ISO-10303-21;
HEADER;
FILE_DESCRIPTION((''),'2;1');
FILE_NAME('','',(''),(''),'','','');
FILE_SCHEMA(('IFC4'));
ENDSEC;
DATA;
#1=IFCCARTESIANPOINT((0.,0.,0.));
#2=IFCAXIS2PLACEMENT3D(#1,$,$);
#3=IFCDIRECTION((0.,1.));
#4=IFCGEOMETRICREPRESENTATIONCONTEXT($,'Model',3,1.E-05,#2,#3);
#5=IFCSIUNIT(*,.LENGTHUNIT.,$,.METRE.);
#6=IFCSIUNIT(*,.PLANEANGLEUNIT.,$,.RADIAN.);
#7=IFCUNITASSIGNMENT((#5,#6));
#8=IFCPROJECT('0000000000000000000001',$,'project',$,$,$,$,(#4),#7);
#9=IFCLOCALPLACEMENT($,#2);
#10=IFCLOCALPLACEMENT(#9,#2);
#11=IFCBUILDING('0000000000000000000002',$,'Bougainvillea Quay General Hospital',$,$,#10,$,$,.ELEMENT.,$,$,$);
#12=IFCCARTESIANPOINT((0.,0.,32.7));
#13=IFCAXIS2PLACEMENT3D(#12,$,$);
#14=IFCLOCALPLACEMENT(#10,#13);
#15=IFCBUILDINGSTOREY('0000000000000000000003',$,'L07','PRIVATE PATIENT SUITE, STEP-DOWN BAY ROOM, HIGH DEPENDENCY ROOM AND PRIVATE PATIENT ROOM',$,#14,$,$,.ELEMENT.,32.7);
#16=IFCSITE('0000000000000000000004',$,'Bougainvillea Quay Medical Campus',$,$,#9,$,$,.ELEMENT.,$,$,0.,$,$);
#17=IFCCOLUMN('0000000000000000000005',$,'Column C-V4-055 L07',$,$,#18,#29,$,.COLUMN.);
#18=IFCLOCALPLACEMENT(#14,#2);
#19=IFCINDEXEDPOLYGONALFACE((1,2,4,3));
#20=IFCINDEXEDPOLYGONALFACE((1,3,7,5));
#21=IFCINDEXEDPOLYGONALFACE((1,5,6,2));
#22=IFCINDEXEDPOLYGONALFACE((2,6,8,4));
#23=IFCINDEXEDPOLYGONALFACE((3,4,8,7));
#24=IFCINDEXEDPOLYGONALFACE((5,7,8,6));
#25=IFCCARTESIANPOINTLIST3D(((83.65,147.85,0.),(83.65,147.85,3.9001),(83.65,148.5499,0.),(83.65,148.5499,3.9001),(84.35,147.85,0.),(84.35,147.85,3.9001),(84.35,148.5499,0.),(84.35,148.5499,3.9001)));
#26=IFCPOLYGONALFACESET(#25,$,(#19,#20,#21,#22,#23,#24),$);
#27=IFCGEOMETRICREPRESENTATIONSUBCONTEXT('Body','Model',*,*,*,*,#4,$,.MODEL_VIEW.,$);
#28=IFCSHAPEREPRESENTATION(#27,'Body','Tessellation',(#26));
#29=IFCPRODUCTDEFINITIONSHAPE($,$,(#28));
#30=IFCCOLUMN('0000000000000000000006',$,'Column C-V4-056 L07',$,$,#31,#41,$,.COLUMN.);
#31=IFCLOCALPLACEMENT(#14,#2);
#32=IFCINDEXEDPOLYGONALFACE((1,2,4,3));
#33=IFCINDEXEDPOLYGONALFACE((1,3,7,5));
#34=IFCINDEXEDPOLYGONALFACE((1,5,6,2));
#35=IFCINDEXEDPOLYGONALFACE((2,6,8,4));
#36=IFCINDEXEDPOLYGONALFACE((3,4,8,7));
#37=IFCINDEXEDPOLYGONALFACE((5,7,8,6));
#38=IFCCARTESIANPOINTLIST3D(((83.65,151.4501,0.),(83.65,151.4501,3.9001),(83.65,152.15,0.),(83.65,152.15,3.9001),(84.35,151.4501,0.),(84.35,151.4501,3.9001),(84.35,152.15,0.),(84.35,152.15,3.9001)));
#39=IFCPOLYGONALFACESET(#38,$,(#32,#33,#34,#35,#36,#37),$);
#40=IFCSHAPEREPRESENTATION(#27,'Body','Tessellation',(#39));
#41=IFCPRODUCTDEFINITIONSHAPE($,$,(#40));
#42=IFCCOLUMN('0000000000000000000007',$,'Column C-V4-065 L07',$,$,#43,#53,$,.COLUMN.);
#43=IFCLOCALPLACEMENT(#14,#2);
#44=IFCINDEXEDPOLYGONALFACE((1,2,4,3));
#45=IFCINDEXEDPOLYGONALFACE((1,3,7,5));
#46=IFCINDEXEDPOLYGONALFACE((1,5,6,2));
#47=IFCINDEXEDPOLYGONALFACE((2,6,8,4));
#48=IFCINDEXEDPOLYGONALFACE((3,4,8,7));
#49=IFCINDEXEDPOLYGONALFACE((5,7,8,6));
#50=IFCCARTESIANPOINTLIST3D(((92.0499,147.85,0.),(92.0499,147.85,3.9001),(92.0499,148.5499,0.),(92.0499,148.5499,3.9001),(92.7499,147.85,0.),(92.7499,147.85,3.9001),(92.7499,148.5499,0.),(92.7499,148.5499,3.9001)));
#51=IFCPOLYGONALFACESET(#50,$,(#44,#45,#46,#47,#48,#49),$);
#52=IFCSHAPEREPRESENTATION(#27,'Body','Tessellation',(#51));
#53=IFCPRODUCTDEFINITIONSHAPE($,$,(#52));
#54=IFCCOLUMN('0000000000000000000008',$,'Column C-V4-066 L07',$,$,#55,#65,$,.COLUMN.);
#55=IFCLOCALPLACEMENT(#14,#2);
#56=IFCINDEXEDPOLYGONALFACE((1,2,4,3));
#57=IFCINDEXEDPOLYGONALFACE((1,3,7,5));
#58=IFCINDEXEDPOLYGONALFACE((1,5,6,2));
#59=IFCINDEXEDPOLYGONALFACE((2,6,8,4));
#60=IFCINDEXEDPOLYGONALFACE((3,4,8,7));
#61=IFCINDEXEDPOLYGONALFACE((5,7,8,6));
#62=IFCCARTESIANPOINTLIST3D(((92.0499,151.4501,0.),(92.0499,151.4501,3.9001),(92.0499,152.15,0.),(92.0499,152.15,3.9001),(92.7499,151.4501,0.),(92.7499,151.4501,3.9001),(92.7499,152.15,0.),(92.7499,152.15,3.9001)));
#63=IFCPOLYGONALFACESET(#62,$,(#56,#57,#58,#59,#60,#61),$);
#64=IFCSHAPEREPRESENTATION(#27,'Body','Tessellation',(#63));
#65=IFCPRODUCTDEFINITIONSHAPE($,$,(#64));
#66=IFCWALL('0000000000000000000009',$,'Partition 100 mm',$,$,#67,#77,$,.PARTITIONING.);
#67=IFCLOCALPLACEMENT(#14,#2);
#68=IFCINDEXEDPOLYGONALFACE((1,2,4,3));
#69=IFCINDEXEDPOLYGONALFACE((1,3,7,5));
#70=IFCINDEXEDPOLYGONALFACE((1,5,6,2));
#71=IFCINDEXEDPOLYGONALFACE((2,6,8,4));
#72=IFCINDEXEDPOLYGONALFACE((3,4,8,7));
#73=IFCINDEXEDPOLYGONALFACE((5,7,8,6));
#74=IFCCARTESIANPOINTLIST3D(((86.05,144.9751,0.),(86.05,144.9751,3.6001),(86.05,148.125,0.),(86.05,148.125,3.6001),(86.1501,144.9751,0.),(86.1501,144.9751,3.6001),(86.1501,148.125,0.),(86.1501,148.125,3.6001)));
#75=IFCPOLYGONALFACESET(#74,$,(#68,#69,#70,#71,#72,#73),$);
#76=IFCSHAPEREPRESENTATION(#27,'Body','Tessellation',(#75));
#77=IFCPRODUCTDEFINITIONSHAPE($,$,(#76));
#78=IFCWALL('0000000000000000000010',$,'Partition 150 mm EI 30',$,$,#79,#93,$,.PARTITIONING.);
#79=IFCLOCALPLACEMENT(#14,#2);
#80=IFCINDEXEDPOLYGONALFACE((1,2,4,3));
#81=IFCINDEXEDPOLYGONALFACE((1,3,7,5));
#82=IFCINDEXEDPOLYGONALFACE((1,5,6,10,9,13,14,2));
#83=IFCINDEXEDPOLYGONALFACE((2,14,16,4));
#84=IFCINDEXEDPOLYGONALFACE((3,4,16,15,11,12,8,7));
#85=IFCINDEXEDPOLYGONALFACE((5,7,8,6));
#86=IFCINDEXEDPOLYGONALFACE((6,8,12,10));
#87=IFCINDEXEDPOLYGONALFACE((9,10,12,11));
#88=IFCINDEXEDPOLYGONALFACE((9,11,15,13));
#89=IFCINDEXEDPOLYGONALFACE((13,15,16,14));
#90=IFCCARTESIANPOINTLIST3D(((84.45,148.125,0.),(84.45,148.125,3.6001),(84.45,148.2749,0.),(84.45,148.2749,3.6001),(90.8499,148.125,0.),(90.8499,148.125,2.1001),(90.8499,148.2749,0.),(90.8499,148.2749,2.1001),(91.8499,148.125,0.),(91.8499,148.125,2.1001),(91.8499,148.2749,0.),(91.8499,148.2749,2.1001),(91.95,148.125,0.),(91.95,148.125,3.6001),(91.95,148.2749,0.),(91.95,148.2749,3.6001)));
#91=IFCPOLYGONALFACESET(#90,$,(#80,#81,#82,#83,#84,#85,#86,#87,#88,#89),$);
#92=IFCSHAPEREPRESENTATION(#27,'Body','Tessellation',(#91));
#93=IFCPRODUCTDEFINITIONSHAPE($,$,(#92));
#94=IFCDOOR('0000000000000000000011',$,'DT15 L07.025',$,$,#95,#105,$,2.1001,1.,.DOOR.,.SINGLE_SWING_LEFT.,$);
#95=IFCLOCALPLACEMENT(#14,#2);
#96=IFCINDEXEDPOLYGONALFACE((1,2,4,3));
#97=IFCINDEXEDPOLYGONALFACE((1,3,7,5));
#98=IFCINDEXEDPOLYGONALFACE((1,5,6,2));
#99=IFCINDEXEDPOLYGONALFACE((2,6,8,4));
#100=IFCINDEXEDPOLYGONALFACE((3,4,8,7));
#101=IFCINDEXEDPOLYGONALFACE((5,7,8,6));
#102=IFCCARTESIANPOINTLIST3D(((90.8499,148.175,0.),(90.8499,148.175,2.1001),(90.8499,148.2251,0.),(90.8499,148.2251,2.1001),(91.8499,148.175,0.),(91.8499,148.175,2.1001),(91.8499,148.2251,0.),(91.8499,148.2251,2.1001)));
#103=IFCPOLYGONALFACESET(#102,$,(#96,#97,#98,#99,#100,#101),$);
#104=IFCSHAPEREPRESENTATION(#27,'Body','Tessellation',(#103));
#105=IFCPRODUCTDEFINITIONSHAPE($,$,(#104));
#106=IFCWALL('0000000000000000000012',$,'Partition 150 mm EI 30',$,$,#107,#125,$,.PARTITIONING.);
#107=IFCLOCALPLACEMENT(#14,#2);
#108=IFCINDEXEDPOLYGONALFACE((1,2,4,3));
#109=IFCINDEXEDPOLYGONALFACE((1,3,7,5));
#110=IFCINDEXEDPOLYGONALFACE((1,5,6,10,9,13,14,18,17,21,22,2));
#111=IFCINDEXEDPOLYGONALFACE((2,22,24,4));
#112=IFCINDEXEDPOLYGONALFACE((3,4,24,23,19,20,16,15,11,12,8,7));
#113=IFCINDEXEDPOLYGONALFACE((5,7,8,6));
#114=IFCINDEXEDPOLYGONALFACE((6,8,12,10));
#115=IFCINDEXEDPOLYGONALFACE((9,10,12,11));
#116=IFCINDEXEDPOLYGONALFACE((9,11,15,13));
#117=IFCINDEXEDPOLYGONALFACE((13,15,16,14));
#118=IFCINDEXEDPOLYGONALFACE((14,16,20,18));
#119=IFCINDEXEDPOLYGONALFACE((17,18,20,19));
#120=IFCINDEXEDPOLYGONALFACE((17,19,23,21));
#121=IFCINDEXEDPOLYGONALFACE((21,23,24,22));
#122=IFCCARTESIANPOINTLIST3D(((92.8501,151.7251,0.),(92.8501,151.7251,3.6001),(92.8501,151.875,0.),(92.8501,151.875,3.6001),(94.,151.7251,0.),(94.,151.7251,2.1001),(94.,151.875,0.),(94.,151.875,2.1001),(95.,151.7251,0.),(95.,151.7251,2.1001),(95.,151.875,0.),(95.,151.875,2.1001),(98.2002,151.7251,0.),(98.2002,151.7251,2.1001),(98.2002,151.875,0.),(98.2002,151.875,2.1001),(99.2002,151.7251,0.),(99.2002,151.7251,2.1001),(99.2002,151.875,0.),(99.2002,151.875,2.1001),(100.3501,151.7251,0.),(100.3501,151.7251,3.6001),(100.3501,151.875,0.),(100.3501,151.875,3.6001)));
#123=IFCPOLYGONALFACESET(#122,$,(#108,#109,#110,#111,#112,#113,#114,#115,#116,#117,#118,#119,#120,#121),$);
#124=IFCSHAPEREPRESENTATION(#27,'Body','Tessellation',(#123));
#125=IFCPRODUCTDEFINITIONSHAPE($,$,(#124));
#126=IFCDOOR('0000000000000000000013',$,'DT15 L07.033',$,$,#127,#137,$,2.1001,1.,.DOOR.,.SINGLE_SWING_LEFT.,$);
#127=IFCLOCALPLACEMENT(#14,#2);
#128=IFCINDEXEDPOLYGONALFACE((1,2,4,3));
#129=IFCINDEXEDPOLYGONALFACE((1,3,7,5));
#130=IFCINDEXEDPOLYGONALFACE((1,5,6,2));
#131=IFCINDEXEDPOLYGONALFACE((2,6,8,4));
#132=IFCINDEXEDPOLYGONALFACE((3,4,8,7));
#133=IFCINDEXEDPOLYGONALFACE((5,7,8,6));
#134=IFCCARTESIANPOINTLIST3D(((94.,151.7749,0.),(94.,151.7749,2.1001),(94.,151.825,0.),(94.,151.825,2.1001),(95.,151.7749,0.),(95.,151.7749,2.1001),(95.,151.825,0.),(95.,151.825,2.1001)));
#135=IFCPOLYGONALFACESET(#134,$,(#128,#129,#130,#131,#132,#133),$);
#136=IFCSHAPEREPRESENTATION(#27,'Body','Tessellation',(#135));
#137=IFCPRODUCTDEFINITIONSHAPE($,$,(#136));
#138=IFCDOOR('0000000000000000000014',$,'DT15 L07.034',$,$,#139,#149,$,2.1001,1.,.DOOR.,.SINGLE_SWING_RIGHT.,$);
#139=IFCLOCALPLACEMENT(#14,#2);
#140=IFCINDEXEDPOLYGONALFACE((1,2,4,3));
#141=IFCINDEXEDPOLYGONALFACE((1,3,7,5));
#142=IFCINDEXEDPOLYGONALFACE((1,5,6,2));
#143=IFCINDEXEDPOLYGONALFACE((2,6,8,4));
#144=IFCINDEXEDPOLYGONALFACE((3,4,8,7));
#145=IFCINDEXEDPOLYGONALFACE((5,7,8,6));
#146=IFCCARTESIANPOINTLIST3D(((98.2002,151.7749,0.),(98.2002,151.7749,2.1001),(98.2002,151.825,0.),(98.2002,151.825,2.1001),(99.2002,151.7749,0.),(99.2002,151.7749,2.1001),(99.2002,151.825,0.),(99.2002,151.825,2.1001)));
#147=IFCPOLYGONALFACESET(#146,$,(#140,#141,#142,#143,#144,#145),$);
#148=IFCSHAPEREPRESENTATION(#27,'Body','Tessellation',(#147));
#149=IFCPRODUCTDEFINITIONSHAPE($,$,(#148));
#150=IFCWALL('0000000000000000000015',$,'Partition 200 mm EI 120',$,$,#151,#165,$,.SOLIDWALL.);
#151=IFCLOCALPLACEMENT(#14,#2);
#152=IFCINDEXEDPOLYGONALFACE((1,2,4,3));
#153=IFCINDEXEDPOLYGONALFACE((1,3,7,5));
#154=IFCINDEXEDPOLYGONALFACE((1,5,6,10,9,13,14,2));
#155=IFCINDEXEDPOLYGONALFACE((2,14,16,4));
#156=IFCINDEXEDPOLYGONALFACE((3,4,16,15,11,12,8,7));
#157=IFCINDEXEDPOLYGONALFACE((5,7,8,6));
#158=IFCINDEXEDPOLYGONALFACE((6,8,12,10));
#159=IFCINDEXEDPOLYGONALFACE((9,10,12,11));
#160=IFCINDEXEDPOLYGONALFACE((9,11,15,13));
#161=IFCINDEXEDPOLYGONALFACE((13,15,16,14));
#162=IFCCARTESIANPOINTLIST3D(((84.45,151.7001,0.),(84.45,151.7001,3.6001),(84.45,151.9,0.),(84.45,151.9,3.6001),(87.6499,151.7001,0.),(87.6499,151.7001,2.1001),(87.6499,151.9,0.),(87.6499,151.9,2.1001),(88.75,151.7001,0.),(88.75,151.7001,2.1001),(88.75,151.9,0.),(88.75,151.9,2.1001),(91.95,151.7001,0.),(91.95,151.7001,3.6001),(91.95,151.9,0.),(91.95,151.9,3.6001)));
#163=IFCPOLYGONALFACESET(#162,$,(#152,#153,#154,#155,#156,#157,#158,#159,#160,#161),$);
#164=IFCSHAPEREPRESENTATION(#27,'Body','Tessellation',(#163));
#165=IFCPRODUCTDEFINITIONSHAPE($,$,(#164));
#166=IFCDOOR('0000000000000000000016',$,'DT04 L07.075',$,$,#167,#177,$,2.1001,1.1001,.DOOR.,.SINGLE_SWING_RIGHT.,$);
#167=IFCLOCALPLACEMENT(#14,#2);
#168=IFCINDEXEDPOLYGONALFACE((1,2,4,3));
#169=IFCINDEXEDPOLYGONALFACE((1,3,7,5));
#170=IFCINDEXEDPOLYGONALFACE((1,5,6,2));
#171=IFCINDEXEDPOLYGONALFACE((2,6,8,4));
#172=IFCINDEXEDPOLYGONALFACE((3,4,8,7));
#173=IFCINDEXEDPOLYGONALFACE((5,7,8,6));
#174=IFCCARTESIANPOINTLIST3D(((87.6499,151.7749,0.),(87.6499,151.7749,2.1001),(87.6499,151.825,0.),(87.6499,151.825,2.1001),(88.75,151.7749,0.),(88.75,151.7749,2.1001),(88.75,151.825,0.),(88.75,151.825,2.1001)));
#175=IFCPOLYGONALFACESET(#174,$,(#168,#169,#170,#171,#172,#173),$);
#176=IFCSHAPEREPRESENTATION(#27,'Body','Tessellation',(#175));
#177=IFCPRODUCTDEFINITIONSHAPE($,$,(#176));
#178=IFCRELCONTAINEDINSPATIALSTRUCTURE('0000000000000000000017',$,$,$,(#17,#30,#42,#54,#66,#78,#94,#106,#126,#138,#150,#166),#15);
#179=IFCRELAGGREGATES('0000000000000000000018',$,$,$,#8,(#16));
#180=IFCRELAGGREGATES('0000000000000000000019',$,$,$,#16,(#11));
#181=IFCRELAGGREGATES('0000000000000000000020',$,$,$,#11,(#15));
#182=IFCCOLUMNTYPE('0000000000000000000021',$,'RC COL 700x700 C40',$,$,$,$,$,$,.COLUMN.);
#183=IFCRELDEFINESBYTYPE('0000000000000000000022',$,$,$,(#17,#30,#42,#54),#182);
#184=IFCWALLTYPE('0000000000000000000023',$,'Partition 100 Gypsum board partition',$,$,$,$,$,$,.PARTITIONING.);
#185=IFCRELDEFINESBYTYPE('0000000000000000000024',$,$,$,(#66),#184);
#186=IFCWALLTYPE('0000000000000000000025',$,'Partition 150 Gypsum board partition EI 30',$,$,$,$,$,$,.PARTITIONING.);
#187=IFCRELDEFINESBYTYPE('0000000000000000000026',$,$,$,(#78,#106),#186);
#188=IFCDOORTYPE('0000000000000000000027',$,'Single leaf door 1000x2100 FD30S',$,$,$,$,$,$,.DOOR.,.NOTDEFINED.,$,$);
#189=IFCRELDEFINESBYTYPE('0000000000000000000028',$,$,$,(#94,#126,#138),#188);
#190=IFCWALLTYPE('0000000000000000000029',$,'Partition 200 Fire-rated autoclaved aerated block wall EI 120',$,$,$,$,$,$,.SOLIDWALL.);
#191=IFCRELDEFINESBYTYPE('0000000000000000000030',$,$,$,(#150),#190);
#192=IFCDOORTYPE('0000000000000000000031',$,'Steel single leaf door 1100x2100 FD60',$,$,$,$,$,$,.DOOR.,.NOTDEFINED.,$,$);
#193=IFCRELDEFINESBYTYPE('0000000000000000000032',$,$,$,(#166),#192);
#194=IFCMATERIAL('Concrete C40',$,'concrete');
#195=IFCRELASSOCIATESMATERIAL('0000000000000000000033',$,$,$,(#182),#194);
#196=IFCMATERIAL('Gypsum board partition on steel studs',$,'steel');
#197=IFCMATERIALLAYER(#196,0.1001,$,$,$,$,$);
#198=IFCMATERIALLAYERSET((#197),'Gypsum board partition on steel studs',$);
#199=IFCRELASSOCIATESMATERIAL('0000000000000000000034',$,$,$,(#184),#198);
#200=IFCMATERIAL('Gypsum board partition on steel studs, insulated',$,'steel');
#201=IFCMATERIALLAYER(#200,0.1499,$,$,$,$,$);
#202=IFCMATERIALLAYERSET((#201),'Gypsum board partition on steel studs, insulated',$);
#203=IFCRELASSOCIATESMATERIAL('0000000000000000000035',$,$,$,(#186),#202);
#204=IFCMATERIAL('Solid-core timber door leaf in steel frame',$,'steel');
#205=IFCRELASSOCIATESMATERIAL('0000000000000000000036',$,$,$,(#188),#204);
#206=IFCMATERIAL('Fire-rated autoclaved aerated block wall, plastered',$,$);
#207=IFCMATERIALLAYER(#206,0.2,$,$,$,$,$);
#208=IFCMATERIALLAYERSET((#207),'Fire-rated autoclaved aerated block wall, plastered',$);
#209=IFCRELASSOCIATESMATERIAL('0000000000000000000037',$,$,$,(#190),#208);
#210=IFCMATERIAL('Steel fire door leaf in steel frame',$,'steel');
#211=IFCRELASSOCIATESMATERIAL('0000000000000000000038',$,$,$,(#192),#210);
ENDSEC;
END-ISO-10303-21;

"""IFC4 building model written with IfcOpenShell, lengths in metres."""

from ifc_helpers import new_model, si_unit, direction, frame, frame_2d, origin, origin_2d, place, context, subcontext, project, spatial, rectangle, extrude, material, layer, layer_set, material_profile, profile_set, type_object, element, fill, save


model = new_model("IFC4")

# Units and contexts
model_context = context("Model", 3, precision=1e-05, world=origin(), true_north=direction((0.0, 1.0)))
body_context = subcontext(model_context, "Body", "Model", "MODEL_VIEW")
ifc_project = project(units=[si_unit("LENGTHUNIT", "METRE"), si_unit("PLANEANGLEUNIT", "RADIAN")], contexts=[model_context])

# Site, building, storey
site_placement = place(None, origin())
site = spatial("IfcSite", under=ifc_project, at=site_placement, Name="Bougainvillea Quay Medical Campus", CompositionType="ELEMENT", RefElevation=0.0)
building_placement = place(site_placement, origin())
building = spatial("IfcBuilding", under=site, at=building_placement, Name="Bougainvillea Quay General Hospital", CompositionType="ELEMENT")
storey_placement = place(building_placement, frame((0.0, 0.0, 32.7)))
storey = spatial("IfcBuildingStorey", under=building, at=storey_placement, Name="L07", Description="PRIVATE PATIENT SUITE, STEP-DOWN BAY ROOM, HIGH DEPENDENCY ROOM AND PRIVATE PATIENT ROOM", CompositionType="ELEMENT", Elevation=32.7)

# Columns
ifc_material_1 = material(Name="Concrete C40", Category="concrete")
ifc_material_profile = material_profile(ifc_material_1, rectangle(XDim=0.7, YDim=0.7, at=origin_2d()))
ifc_profile_set = profile_set([ifc_material_profile], Name="Concrete C40")
column_type = type_object("IfcColumnType", Name="RC COL 700x700 C40", PredefinedType="COLUMN", material=ifc_profile_set)
for number, where, z_axis, x_axis, name in (
    (1, (84.0, 148.2, 0.0), (0.0, 0.0, 1.0), (1.0, 0.0, 0.0), "Column C-V4-055 L07"),
    (2, (84.0, 151.8, 0.0), (0.0, 0.0, 1.0), (1.0, 0.0, 0.0), "Column C-V4-056 L07"),
    (3, (92.3999, 148.2, 0.0), (0.0, 0.0, 1.0), (1.0, 0.0, 0.0), "Column C-V4-065 L07"),
    (4, (92.3999, 151.8, 0.0), (0.0, 0.0, 1.0), (1.0, 0.0, 0.0), "Column C-V4-066 L07"),
):
    element("IfcColumn", number, at=place(storey_placement, frame(where, z_axis=z_axis, x_axis=x_axis)), inside=storey, type_object=column_type, Name=name, PredefinedType="COLUMN", context=body_context, shape_type="SweptSolid", body=[
        extrude(rectangle(XDim=0.7, YDim=0.7, at=origin_2d()), origin(), (0.0, 0.0, 1.0), 3.9001),
    ])

# Wall
ifc_material_2 = material(Name="Gypsum board partition on steel studs", Category="steel")
ifc_layer_1 = layer(ifc_material_2, 0.1001)
ifc_layer_set_1 = layer_set([ifc_layer_1], Name="Gypsum board partition on steel studs")
wall_type_1 = type_object("IfcWallType", Name="Partition 100 Gypsum board partition", PredefinedType="PARTITIONING", material=ifc_layer_set_1)
wall_1_placement = place(storey_placement, frame((86.1001, 144.9751, 0.0), z_axis=(0.0, 0.0, 1.0), x_axis=(0.0, 1.0, 0.0)))
element("IfcWall", 5, at=wall_1_placement, inside=storey, type_object=wall_type_1, Name="Partition 100 mm", PredefinedType="PARTITIONING", context=body_context, shape_type="SweptSolid", body=[
    extrude(rectangle(XDim=3.1499, YDim=0.1001, at=frame_2d((1.575, 0.0))), origin(), (0.0, 0.0, 1.0), 3.6001),
])

# Wall, opening, door
ifc_material_3 = material(Name="Gypsum board partition on steel studs, insulated", Category="steel")
ifc_layer_2 = layer(ifc_material_3, 0.1499)
ifc_layer_set_2 = layer_set([ifc_layer_2], Name="Gypsum board partition on steel studs, insulated")
wall_type_2 = type_object("IfcWallType", Name="Partition 150 Gypsum board partition EI 30", PredefinedType="PARTITIONING", material=ifc_layer_set_2)
wall_2_placement = place(storey_placement, frame((91.95, 148.2, 0.0), z_axis=(0.0, 0.0, 1.0), x_axis=(-1.0, 0.0, 0.0)))
wall_2 = element("IfcWall", 6, at=wall_2_placement, inside=storey, type_object=wall_type_2, Name="Partition 150 mm EI 30", PredefinedType="PARTITIONING", context=body_context, shape_type="SweptSolid", body=[
    extrude(rectangle(XDim=7.5, YDim=0.1499, at=frame_2d((3.75, 0.0))), origin(), (0.0, 0.0, 1.0), 3.6001),
])
opening_1_placement = place(wall_2_placement, frame((0.1001, 0.0, 0.0)))
opening_1 = element("IfcOpeningElement", 7, at=opening_1_placement, cuts=wall_2, PredefinedType="OPENING", context=body_context, shape_type="SweptSolid", body=[
    extrude(rectangle(XDim=1.0, YDim=2.1001, at=frame_2d((0.5, 1.05))), frame((0.0, 0.085, 0.0), z_axis=(0.0, -1.0, 0.0), x_axis=(1.0, 0.0, 0.0)), (0.0, 0.0, 1.0), 0.1699),
])
ifc_material_4 = material(Name="Solid-core timber door leaf in steel frame", Category="steel")
door_type_1 = type_object("IfcDoorType", Name="Single leaf door 1000x2100 FD30S", OperationType="NOTDEFINED", PredefinedType="DOOR", material=ifc_material_4)
door_1_placement = place(opening_1_placement, origin())
door_1 = element("IfcDoor", 8, at=door_1_placement, inside=storey, type_object=door_type_1, Name="DT15 L07.025", OperationType="SINGLE_SWING_LEFT", OverallHeight=2.1001, OverallWidth=1.0, PredefinedType="DOOR", context=body_context, shape_type="SweptSolid", body=[
    extrude(rectangle(XDim=1.0, YDim=2.1001, at=frame_2d((0.5, 1.05))), frame((0.0, 0.0249, 0.0), z_axis=(0.0, -1.0, 0.0), x_axis=(1.0, 0.0, 0.0)), (0.0, 0.0, 1.0), 0.05),
])
fill(opening_1, door_1)

# Wall, openings, doors
wall_3_placement = place(storey_placement, frame((92.8501, 151.8, 0.0), z_axis=(0.0, 0.0, 1.0), x_axis=(1.0, 0.0, 0.0)))
wall_3 = element("IfcWall", 9, at=wall_3_placement, inside=storey, type_object=wall_type_2, Name="Partition 150 mm EI 30", PredefinedType="PARTITIONING", context=body_context, shape_type="SweptSolid", body=[
    extrude(rectangle(XDim=7.5, YDim=0.1499, at=frame_2d((3.75, 0.0))), origin(), (0.0, 0.0, 1.0), 3.6001),
])
opening_2_placement = place(wall_3_placement, frame((1.1499, 0.0, 0.0)))
opening_2 = element("IfcOpeningElement", 10, at=opening_2_placement, cuts=wall_3, PredefinedType="OPENING", context=body_context, shape_type="SweptSolid", body=[
    extrude(rectangle(XDim=1.0, YDim=2.1001, at=frame_2d((0.5, 1.05))), frame((0.0, 0.085, 0.0), z_axis=(0.0, -1.0, 0.0), x_axis=(1.0, 0.0, 0.0)), (0.0, 0.0, 1.0), 0.1699),
])
opening_3_placement = place(wall_3_placement, frame((5.3501, 0.0, 0.0)))
opening_3 = element("IfcOpeningElement", 11, at=opening_3_placement, cuts=wall_3, PredefinedType="OPENING", context=body_context, shape_type="SweptSolid", body=[
    extrude(rectangle(XDim=1.0, YDim=2.1001, at=frame_2d((0.5, 1.05))), frame((0.0, 0.085, 0.0), z_axis=(0.0, -1.0, 0.0), x_axis=(1.0, 0.0, 0.0)), (0.0, 0.0, 1.0), 0.1699),
])
door_2_placement = place(opening_2_placement, origin())
door_2 = element("IfcDoor", 12, at=door_2_placement, inside=storey, type_object=door_type_1, Name="DT15 L07.033", OperationType="SINGLE_SWING_LEFT", OverallHeight=2.1001, OverallWidth=1.0, PredefinedType="DOOR", context=body_context, shape_type="SweptSolid", body=[
    extrude(rectangle(XDim=1.0, YDim=2.1001, at=frame_2d((0.5, 1.05))), frame((0.0, 0.0249, 0.0), z_axis=(0.0, -1.0, 0.0), x_axis=(1.0, 0.0, 0.0)), (0.0, 0.0, 1.0), 0.05),
])
fill(opening_2, door_2)
door_3_placement = place(opening_3_placement, origin())
door_3 = element("IfcDoor", 13, at=door_3_placement, inside=storey, type_object=door_type_1, Name="DT15 L07.034", OperationType="SINGLE_SWING_RIGHT", OverallHeight=2.1001, OverallWidth=1.0, PredefinedType="DOOR", context=body_context, shape_type="SweptSolid", body=[
    extrude(rectangle(XDim=1.0, YDim=2.1001, at=frame_2d((0.5, 1.05))), frame((0.0, 0.0249, 0.0), z_axis=(0.0, -1.0, 0.0), x_axis=(1.0, 0.0, 0.0)), (0.0, 0.0, 1.0), 0.05),
])
fill(opening_3, door_3)

# Wall, opening, door
ifc_material_5 = material(Name="Fire-rated autoclaved aerated block wall, plastered")
ifc_layer_3 = layer(ifc_material_5, 0.2)
ifc_layer_set_3 = layer_set([ifc_layer_3], Name="Fire-rated autoclaved aerated block wall, plastered")
wall_type_3 = type_object("IfcWallType", Name="Partition 200 Fire-rated autoclaved aerated block wall EI 120", PredefinedType="SOLIDWALL", material=ifc_layer_set_3)
wall_4_placement = place(storey_placement, frame((84.45, 151.8, 0.0), z_axis=(0.0, 0.0, 1.0), x_axis=(1.0, 0.0, 0.0)))
wall_4 = element("IfcWall", 14, at=wall_4_placement, inside=storey, type_object=wall_type_3, Name="Partition 200 mm EI 120", PredefinedType="SOLIDWALL", context=body_context, shape_type="SweptSolid", body=[
    extrude(rectangle(XDim=7.5, YDim=0.2, at=frame_2d((3.75, 0.0))), origin(), (0.0, 0.0, 1.0), 3.6001),
])
opening_4_placement = place(wall_4_placement, frame((3.2, 0.0, 0.0)))
opening_4 = element("IfcOpeningElement", 15, at=opening_4_placement, cuts=wall_4, PredefinedType="OPENING", context=body_context, shape_type="SweptSolid", body=[
    extrude(rectangle(XDim=1.1001, YDim=2.1001, at=frame_2d((0.55, 1.05))), frame((0.0, 0.1099, 0.0), z_axis=(0.0, -1.0, 0.0), x_axis=(1.0, 0.0, 0.0)), (0.0, 0.0, 1.0), 0.22),
])
ifc_material_6 = material(Name="Steel fire door leaf in steel frame", Category="steel")
door_type_2 = type_object("IfcDoorType", Name="Steel single leaf door 1100x2100 FD60", OperationType="NOTDEFINED", PredefinedType="DOOR", material=ifc_material_6)
door_4_placement = place(opening_4_placement, origin())
door_4 = element("IfcDoor", 16, at=door_4_placement, inside=storey, type_object=door_type_2, Name="DT04 L07.075", OperationType="SINGLE_SWING_RIGHT", OverallHeight=2.1001, OverallWidth=1.1001, PredefinedType="DOOR", context=body_context, shape_type="SweptSolid", body=[
    extrude(rectangle(XDim=1.1001, YDim=2.1001, at=frame_2d((0.55, 1.05))), frame((0.0, 0.0249, 0.0), z_axis=(0.0, -1.0, 0.0), x_axis=(1.0, 0.0, 0.0)), (0.0, 0.0, 1.0), 0.05),
])
fill(opening_4, door_4)

save(model, "model.ifc")
